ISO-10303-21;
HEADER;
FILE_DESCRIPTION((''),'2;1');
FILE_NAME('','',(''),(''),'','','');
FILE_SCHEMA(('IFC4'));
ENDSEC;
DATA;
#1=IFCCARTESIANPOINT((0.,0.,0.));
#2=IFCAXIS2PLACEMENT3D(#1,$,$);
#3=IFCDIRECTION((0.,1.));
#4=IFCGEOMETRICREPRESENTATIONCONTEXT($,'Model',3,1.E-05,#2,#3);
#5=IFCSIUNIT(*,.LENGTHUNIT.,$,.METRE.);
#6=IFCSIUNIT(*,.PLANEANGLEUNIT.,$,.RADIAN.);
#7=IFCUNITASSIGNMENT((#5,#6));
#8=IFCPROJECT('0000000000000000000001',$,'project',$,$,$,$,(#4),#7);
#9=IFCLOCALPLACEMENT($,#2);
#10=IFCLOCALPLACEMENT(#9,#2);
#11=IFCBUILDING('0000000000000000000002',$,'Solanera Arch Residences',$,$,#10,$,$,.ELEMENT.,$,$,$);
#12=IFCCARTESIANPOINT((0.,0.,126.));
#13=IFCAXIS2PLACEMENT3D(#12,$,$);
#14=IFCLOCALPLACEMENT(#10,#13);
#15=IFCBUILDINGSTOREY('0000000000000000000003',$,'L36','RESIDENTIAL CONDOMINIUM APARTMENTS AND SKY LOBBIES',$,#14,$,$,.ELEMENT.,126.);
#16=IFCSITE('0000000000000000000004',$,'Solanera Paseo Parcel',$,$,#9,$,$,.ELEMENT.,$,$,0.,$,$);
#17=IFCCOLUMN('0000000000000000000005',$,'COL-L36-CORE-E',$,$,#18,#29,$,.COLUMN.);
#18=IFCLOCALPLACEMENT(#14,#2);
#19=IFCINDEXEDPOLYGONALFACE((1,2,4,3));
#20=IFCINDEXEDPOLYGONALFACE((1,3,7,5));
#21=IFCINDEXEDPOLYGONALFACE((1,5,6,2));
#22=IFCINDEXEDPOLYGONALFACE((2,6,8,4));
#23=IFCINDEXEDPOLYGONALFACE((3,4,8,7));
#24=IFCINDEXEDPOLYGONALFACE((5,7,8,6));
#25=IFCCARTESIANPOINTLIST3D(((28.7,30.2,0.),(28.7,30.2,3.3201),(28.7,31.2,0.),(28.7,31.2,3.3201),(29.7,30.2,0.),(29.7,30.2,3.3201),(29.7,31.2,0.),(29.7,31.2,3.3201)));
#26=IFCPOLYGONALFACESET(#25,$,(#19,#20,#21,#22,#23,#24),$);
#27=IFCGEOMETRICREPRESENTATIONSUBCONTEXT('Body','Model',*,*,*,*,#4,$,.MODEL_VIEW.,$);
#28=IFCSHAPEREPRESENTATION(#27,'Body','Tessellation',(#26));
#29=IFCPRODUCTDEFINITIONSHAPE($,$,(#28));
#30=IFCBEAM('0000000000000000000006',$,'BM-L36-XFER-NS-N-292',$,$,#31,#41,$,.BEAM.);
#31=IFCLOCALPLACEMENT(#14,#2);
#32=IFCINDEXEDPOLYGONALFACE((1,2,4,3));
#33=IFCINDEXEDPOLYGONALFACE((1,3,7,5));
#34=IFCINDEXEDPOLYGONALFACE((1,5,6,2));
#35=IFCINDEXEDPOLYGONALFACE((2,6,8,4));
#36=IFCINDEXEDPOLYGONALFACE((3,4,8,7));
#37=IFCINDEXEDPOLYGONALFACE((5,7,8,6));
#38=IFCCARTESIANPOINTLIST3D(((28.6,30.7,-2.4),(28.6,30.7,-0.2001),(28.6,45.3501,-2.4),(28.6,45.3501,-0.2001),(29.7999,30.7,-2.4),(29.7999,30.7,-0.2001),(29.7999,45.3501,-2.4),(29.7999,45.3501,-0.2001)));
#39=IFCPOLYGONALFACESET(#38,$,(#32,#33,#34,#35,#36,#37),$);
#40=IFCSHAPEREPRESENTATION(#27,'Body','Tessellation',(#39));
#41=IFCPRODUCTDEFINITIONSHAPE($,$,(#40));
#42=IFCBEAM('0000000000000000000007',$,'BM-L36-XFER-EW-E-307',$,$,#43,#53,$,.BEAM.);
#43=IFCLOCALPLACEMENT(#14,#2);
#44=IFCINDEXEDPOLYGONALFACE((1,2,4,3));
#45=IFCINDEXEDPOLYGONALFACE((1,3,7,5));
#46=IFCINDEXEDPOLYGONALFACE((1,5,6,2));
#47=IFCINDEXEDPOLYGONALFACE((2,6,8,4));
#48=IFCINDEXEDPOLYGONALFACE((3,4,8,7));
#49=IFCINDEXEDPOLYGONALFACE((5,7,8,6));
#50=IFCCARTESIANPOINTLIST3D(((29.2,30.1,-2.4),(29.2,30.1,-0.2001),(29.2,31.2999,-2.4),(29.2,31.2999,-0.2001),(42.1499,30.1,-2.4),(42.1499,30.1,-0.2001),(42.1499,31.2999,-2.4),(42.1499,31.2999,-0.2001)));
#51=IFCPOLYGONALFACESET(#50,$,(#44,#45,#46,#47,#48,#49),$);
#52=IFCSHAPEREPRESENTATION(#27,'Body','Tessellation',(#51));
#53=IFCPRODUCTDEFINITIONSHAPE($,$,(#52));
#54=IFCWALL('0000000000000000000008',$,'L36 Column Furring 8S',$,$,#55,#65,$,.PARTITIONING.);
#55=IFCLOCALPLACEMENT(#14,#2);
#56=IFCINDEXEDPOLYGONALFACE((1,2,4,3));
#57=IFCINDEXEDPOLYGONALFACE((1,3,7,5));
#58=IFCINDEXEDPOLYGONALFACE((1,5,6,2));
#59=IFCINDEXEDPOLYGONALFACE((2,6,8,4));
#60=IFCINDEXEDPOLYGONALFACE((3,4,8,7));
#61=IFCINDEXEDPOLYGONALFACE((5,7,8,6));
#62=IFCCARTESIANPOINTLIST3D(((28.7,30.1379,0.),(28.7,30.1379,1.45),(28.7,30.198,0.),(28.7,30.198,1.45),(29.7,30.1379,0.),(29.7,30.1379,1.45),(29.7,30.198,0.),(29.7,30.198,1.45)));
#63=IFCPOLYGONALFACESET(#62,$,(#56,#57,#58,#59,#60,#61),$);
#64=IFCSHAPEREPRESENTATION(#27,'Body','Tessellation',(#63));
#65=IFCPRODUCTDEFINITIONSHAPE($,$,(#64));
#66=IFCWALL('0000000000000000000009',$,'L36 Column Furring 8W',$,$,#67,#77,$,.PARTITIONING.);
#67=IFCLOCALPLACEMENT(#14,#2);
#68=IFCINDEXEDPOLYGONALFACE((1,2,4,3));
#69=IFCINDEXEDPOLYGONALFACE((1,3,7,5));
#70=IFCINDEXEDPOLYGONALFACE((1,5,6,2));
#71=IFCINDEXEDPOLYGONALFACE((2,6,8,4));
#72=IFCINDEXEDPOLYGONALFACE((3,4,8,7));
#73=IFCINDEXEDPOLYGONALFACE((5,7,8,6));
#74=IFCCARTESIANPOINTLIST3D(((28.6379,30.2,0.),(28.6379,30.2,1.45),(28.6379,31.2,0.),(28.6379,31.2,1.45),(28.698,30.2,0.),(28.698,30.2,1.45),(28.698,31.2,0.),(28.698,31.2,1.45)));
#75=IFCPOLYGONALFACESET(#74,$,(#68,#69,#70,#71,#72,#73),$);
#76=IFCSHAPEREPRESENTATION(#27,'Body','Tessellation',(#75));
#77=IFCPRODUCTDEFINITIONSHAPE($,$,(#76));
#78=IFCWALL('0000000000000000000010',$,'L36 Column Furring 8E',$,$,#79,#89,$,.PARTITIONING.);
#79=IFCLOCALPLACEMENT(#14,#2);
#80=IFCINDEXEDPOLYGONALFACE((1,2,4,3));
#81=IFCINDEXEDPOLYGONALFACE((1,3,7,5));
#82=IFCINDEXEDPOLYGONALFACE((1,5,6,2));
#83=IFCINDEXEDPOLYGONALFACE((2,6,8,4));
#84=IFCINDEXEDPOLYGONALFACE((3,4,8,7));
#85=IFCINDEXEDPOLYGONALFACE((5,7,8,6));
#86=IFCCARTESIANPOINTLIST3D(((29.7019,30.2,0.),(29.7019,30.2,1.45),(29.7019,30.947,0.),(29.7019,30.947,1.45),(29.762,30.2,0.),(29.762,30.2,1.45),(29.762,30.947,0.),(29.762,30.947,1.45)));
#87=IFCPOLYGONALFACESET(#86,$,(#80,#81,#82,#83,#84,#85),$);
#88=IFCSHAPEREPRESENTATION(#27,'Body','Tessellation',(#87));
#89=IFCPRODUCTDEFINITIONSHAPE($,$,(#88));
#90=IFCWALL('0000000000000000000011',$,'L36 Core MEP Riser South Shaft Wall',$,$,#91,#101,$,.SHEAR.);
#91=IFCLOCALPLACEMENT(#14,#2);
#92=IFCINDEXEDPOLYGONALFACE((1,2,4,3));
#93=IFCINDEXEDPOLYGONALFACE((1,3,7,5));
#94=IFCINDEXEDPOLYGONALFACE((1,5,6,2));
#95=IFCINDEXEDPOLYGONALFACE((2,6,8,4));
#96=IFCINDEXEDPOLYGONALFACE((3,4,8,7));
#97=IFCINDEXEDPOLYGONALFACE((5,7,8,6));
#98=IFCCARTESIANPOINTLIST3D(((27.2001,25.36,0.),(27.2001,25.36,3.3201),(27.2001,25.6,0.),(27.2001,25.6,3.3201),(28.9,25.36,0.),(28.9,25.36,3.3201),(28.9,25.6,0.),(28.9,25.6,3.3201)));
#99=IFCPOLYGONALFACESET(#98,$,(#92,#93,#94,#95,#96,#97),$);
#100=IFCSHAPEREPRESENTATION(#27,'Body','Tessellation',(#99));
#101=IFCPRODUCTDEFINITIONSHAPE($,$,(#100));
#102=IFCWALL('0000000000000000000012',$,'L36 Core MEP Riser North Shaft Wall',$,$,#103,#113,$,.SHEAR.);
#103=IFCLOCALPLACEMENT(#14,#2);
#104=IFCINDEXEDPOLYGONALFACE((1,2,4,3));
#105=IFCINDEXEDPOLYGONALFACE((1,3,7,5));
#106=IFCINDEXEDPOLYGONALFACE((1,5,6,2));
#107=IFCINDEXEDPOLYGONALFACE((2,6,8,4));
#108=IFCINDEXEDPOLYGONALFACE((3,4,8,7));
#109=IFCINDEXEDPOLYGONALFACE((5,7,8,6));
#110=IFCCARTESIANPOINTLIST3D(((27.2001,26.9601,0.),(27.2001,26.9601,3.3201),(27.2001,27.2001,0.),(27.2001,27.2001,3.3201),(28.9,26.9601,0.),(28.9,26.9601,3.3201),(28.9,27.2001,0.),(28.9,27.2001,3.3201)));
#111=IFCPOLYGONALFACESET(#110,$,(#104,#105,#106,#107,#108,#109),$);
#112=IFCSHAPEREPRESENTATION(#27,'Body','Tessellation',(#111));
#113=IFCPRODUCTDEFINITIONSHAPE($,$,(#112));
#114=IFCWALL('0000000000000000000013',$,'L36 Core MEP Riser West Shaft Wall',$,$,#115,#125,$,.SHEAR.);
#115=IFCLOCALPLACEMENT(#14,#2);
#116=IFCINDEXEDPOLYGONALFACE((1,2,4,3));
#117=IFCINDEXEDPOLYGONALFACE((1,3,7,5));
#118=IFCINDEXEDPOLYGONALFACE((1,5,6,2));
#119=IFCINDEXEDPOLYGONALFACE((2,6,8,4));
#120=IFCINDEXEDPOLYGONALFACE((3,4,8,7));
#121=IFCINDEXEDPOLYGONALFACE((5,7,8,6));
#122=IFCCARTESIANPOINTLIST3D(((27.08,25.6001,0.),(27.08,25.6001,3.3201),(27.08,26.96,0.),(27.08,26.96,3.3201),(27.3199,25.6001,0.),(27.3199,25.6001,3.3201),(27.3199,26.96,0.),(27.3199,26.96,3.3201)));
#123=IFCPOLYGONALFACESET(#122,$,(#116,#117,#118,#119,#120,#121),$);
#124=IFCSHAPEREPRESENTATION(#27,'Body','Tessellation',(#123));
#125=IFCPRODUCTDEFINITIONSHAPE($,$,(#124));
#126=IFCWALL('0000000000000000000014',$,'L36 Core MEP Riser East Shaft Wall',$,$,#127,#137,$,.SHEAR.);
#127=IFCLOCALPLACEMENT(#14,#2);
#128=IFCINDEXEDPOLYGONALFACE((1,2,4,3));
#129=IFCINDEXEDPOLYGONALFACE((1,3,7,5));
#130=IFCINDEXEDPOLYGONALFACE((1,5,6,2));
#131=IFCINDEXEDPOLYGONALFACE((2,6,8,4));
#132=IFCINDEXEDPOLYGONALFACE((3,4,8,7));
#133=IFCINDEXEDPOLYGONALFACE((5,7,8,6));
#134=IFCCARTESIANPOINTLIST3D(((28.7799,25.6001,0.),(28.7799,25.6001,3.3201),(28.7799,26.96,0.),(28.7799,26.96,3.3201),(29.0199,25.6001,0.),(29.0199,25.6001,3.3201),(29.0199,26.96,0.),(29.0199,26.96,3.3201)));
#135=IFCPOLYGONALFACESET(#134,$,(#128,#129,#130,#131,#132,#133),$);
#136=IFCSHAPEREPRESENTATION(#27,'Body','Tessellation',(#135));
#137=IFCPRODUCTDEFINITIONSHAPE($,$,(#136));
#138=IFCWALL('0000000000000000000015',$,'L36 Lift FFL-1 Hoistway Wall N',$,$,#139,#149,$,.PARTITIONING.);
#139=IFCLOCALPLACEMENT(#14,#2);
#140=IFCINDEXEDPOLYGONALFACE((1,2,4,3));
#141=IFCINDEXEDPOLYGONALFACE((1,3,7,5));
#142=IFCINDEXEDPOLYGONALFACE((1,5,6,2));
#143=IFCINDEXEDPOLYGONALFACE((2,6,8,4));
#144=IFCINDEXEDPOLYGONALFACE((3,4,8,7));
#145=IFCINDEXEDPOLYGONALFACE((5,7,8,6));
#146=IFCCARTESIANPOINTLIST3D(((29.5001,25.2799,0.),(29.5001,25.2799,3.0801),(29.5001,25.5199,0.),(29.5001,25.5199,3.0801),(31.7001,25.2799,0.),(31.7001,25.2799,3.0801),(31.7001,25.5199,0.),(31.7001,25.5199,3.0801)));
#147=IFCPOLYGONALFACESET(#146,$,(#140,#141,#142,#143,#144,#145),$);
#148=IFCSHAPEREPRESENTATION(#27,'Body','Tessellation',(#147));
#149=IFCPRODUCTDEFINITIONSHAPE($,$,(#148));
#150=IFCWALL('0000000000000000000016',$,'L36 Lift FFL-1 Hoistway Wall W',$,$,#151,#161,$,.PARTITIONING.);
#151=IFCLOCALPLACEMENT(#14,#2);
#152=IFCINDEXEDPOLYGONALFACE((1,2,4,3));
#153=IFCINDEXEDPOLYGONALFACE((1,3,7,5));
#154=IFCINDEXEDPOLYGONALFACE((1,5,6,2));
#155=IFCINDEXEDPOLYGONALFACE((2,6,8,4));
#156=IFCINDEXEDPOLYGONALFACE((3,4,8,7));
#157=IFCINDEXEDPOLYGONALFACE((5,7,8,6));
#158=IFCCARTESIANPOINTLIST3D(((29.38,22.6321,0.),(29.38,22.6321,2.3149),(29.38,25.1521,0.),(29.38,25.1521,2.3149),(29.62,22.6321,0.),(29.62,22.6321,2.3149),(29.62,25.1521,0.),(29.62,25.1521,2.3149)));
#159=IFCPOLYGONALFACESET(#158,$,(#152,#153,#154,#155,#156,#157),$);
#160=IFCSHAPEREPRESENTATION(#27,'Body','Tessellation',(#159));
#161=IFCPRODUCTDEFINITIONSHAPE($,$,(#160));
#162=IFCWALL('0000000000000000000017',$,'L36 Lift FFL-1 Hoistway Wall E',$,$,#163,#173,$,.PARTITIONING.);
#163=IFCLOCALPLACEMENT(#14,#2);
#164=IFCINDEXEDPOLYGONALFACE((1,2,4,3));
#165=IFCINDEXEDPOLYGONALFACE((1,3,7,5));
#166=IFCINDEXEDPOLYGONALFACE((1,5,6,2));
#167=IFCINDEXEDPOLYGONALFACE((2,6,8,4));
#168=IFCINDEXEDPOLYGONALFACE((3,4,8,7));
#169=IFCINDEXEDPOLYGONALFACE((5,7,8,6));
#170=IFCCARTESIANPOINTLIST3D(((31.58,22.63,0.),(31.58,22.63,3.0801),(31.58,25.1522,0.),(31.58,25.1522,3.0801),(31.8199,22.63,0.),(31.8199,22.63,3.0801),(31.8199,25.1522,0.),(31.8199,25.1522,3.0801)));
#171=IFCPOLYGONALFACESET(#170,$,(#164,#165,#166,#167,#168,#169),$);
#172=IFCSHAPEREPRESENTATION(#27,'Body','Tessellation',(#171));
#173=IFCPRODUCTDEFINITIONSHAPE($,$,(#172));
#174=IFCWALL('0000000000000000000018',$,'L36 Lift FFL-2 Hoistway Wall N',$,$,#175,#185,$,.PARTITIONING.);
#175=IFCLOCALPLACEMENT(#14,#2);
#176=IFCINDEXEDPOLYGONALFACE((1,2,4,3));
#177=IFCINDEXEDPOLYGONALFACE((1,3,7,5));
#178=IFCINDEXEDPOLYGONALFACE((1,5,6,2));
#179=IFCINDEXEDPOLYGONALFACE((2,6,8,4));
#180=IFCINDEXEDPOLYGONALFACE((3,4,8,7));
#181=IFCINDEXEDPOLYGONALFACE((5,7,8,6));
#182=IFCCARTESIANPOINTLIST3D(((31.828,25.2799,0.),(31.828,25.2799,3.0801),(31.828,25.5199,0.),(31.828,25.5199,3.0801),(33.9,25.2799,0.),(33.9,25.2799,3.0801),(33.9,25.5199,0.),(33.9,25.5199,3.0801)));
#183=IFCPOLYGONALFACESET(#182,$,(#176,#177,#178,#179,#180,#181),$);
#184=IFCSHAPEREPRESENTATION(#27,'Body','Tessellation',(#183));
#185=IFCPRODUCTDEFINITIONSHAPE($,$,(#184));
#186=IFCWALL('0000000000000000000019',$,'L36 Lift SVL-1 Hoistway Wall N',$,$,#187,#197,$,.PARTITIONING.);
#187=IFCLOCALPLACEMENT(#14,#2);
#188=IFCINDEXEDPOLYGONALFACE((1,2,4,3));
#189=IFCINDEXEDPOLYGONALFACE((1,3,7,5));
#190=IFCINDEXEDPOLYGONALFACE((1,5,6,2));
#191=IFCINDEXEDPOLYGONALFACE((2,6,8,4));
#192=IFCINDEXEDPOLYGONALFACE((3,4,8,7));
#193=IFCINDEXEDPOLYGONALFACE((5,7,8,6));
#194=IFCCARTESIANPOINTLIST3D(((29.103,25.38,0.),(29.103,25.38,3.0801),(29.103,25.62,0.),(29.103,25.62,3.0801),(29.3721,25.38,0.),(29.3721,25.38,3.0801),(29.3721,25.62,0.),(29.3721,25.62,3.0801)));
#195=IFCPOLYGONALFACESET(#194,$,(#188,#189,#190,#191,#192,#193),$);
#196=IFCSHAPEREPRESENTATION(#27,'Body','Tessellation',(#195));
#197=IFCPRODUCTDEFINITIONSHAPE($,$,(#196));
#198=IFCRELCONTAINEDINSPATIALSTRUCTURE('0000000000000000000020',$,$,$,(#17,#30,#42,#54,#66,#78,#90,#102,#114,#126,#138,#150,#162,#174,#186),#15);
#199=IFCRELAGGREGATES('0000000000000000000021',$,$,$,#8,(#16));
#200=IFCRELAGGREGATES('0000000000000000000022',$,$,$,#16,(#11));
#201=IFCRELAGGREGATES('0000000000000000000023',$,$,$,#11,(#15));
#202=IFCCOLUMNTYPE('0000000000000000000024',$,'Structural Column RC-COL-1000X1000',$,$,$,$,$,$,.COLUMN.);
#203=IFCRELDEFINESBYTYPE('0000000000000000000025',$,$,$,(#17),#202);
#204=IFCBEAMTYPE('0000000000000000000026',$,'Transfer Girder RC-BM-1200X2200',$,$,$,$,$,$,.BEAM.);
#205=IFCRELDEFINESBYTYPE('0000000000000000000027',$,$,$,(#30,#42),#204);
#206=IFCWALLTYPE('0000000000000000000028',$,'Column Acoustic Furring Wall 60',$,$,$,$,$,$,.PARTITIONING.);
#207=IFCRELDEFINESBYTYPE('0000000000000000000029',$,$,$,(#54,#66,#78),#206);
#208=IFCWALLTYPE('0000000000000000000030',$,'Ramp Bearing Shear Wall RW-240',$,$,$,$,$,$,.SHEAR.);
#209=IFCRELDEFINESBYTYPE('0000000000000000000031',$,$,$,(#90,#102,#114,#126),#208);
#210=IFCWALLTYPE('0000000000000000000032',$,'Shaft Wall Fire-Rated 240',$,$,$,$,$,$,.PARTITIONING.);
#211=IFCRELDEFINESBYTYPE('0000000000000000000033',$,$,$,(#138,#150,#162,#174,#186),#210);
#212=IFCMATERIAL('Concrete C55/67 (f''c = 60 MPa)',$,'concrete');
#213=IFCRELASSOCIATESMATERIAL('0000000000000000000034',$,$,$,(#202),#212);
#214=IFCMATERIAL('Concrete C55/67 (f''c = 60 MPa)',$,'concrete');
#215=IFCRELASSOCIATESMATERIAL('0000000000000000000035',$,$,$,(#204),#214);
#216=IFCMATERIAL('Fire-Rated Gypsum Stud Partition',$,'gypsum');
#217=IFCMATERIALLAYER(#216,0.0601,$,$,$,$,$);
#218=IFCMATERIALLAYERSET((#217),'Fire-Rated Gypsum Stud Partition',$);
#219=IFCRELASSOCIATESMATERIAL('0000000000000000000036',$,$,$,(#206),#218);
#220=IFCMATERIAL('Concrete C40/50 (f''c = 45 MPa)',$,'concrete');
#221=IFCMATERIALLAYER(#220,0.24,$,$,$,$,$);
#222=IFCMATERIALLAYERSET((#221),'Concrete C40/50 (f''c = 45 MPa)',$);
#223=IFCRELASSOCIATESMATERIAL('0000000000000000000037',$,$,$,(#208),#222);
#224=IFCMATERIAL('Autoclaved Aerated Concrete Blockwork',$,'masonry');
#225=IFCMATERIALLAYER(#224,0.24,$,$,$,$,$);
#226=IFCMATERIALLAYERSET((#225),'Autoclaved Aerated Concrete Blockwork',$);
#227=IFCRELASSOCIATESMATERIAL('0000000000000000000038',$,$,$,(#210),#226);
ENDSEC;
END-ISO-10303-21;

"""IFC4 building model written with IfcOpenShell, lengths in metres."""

from ifc_helpers import new_model, si_unit, direction, frame, frame_2d, origin, origin_2d, place, context, subcontext, project, spatial, rectangle, extrude, material, layer, layer_set, material_profile, profile_set, type_object, element, save


model = new_model("IFC4")

# Units and contexts
model_context = context("Model", 3, precision=1e-05, world=origin(), true_north=direction((0.0, 1.0)))
body_context = subcontext(model_context, "Body", "Model", "MODEL_VIEW")
ifc_project = project(units=[si_unit("LENGTHUNIT", "METRE"), si_unit("PLANEANGLEUNIT", "RADIAN")], contexts=[model_context])

# Site, building, storey
site_placement = place(None, origin())
site = spatial("IfcSite", under=ifc_project, at=site_placement, Name="Solanera Paseo Parcel", CompositionType="ELEMENT", RefElevation=0.0)
building_placement = place(site_placement, origin())
building = spatial("IfcBuilding", under=site, at=building_placement, Name="Solanera Arch Residences", CompositionType="ELEMENT")
storey_placement = place(building_placement, frame((0.0, 0.0, 126.0)))
storey = spatial("IfcBuildingStorey", under=building, at=storey_placement, Name="L36", Description="RESIDENTIAL CONDOMINIUM APARTMENTS AND SKY LOBBIES", CompositionType="ELEMENT", Elevation=126.0)

# Column
ifc_material_1 = material(Name="Concrete C55/67 (f'c = 60 MPa)", Category="concrete")
ifc_material_profile_1 = material_profile(ifc_material_1, rectangle(XDim=1.0, YDim=1.0, at=origin_2d()))
ifc_profile_set_1 = profile_set([ifc_material_profile_1], Name="Concrete C55/67 (f'c = 60 MPa)")
column_type = type_object("IfcColumnType", Name="Structural Column RC-COL-1000X1000", PredefinedType="COLUMN", material=ifc_profile_set_1)
column_placement = place(storey_placement, frame((29.2, 30.7, 0.0), z_axis=(0.0, 0.0, 1.0), x_axis=(1.0, 0.0, 0.0)))
element("IfcColumn", 1, at=column_placement, inside=storey, type_object=column_type, Name="COL-L36-CORE-E", PredefinedType="COLUMN", context=body_context, shape_type="SweptSolid", body=[
    extrude(rectangle(XDim=1.0, YDim=1.0, at=origin_2d()), origin(), (0.0, 0.0, 1.0), 3.3201),
])

# Beams
ifc_material_2 = material(Name="Concrete C55/67 (f'c = 60 MPa)", Category="concrete")
ifc_material_profile_2 = material_profile(ifc_material_2, rectangle(XDim=1.2, YDim=2.2, at=origin_2d()))
ifc_profile_set_2 = profile_set([ifc_material_profile_2], Name="Concrete C55/67 (f'c = 60 MPa)")
beam_type = type_object("IfcBeamType", Name="Transfer Girder RC-BM-1200X2200", PredefinedType="BEAM", material=ifc_profile_set_2)
beam_1_placement = place(storey_placement, frame((29.2, 30.7, -1.3), z_axis=(0.0, 1.0, 0.0), x_axis=(-1.0, 0.0, 0.0)))
element("IfcBeam", 2, at=beam_1_placement, inside=storey, type_object=beam_type, Name="BM-L36-XFER-NS-N-292", PredefinedType="BEAM", context=body_context, shape_type="SweptSolid", body=[
    extrude(rectangle(XDim=1.2, YDim=2.2, at=origin_2d()), origin(), (0.0, 0.0, 1.0), 14.6501),
])
beam_2_placement = place(storey_placement, frame((29.2, 30.7, -1.3), z_axis=(1.0, 0.0, 0.0), x_axis=(0.0, 1.0, 0.0)))
element("IfcBeam", 3, at=beam_2_placement, inside=storey, type_object=beam_type, Name="BM-L36-XFER-EW-E-307", PredefinedType="BEAM", context=body_context, shape_type="SweptSolid", body=[
    extrude(rectangle(XDim=1.2, YDim=2.2, at=origin_2d()), origin(), (0.0, 0.0, 1.0), 12.95),
])

# Walls
ifc_material_3 = material(Name="Fire-Rated Gypsum Stud Partition", Category="gypsum")
ifc_layer_1 = layer(ifc_material_3, 0.0601)
ifc_layer_set_1 = layer_set([ifc_layer_1], Name="Fire-Rated Gypsum Stud Partition")
wall_type_1 = type_object("IfcWallType", Name="Column Acoustic Furring Wall 60", PredefinedType="PARTITIONING", material=ifc_layer_set_1)
for number, where, z_axis, x_axis, name in (
    (4, (28.7, 30.168, 0.0), (0.0, 0.0, 1.0), (1.0, 0.0, 0.0), "L36 Column Furring 8S"),
    (5, (28.668, 30.2, 0.0), (0.0, 0.0, 1.0), (0.0, 1.0, 0.0), "L36 Column Furring 8W"),
):
    element("IfcWall", number, at=place(storey_placement, frame(where, z_axis=z_axis, x_axis=x_axis)), inside=storey, type_object=wall_type_1, Name=name, PredefinedType="PARTITIONING", context=body_context, shape_type="SweptSolid", body=[
        extrude(rectangle(XDim=1.0, YDim=0.0601, at=frame_2d((0.5, 0.0))), origin(), (0.0, 0.0, 1.0), 1.45),
    ])
wall_1_placement = place(storey_placement, frame((29.7319, 30.2, 0.0), z_axis=(0.0, 0.0, 1.0), x_axis=(0.0, 1.0, 0.0)))
element("IfcWall", 6, at=wall_1_placement, inside=storey, type_object=wall_type_1, Name="L36 Column Furring 8E", PredefinedType="PARTITIONING", context=body_context, shape_type="SweptSolid", body=[
    extrude(rectangle(XDim=0.7471, YDim=0.0601, at=frame_2d((0.3735, 0.0))), origin(), (0.0, 0.0, 1.0), 1.45),
])
ifc_material_4 = material(Name="Concrete C40/50 (f'c = 45 MPa)", Category="concrete")
ifc_layer_2 = layer(ifc_material_4, 0.24)
ifc_layer_set_2 = layer_set([ifc_layer_2], Name="Concrete C40/50 (f'c = 45 MPa)")
wall_type_2 = type_object("IfcWallType", Name="Ramp Bearing Shear Wall RW-240", PredefinedType="SHEAR", material=ifc_layer_set_2)
for number, where, z_axis, x_axis, name in (
    (7, (27.2, 25.48, 0.0), (0.0, 0.0, 1.0), (1.0, 0.0, 0.0), "L36 Core MEP Riser South Shaft Wall"),
    (8, (27.2, 27.0801, 0.0), (0.0, 0.0, 1.0), (1.0, 0.0, 0.0), "L36 Core MEP Riser North Shaft Wall"),
):
    element("IfcWall", number, at=place(storey_placement, frame(where, z_axis=z_axis, x_axis=x_axis)), inside=storey, type_object=wall_type_2, Name=name, PredefinedType="SHEAR", context=body_context, shape_type="SweptSolid", body=[
        extrude(rectangle(XDim=1.7, YDim=0.24, at=frame_2d((0.8501, 0.0))), origin(), (0.0, 0.0, 1.0), 3.3201),
    ])
for number, where, z_axis, x_axis, name in (
    (9, (27.2, 25.6001, 0.0), (0.0, 0.0, 1.0), (0.0, 1.0, 0.0), "L36 Core MEP Riser West Shaft Wall"),
    (10, (28.8999, 25.6001, 0.0), (0.0, 0.0, 1.0), (0.0, 1.0, 0.0), "L36 Core MEP Riser East Shaft Wall"),
):
    element("IfcWall", number, at=place(storey_placement, frame(where, z_axis=z_axis, x_axis=x_axis)), inside=storey, type_object=wall_type_2, Name=name, PredefinedType="SHEAR", context=body_context, shape_type="SweptSolid", body=[
        extrude(rectangle(XDim=1.3599, YDim=0.24, at=frame_2d((0.6799, 0.0))), origin(), (0.0, 0.0, 1.0), 3.3201),
    ])
ifc_material_5 = material(Name="Autoclaved Aerated Concrete Blockwork", Category="masonry")
ifc_layer_3 = layer(ifc_material_5, 0.24)
ifc_layer_set_3 = layer_set([ifc_layer_3], Name="Autoclaved Aerated Concrete Blockwork")
wall_type_3 = type_object("IfcWallType", Name="Shaft Wall Fire-Rated 240", PredefinedType="PARTITIONING", material=ifc_layer_set_3)
wall_2_placement = place(storey_placement, frame((29.5, 25.3999, 0.0), z_axis=(0.0, 0.0, 1.0), x_axis=(1.0, 0.0, 0.0)))
element("IfcWall", 11, at=wall_2_placement, inside=storey, type_object=wall_type_3, Name="L36 Lift FFL-1 Hoistway Wall N", PredefinedType="PARTITIONING", context=body_context, shape_type="SweptSolid", body=[
    extrude(rectangle(XDim=2.2, YDim=0.24, at=frame_2d((1.1001, 0.0))), origin(), (0.0, 0.0, 1.0), 3.0801),
])
wall_3_placement = place(storey_placement, frame((29.5, 22.6321, 0.0), z_axis=(0.0, 0.0, 1.0), x_axis=(0.0, 1.0, 0.0)))
element("IfcWall", 12, at=wall_3_placement, inside=storey, type_object=wall_type_3, Name="L36 Lift FFL-1 Hoistway Wall W", PredefinedType="PARTITIONING", context=body_context, shape_type="SweptSolid", body=[
    extrude(rectangle(XDim=2.52, YDim=0.24, at=frame_2d((1.26, 0.0))), origin(), (0.0, 0.0, 1.0), 2.3149),
])
wall_4_placement = place(storey_placement, frame((31.7, 22.6299, 0.0), z_axis=(0.0, 0.0, 1.0), x_axis=(0.0, 1.0, 0.0)))
element("IfcWall", 13, at=wall_4_placement, inside=storey, type_object=wall_type_3, Name="L36 Lift FFL-1 Hoistway Wall E", PredefinedType="PARTITIONING", context=body_context, shape_type="SweptSolid", body=[
    extrude(rectangle(XDim=2.5222, YDim=0.24, at=frame_2d((1.2612, 0.0))), origin(), (0.0, 0.0, 1.0), 3.0801),
])
wall_5_placement = place(storey_placement, frame((31.8279, 25.3999, 0.0), z_axis=(0.0, 0.0, 1.0), x_axis=(1.0, 0.0, 0.0)))
element("IfcWall", 14, at=wall_5_placement, inside=storey, type_object=wall_type_3, Name="L36 Lift FFL-2 Hoistway Wall N", PredefinedType="PARTITIONING", context=body_context, shape_type="SweptSolid", body=[
    extrude(rectangle(XDim=2.072, YDim=0.24, at=frame_2d((1.0361, 0.0))), origin(), (0.0, 0.0, 1.0), 3.0801),
])
wall_6_placement = place(storey_placement, frame((29.103, 25.5, 0.0), z_axis=(0.0, 0.0, 1.0), x_axis=(1.0, 0.0, 0.0)))
element("IfcWall", 15, at=wall_6_placement, inside=storey, type_object=wall_type_3, Name="L36 Lift SVL-1 Hoistway Wall N", PredefinedType="PARTITIONING", context=body_context, shape_type="SweptSolid", body=[
    extrude(rectangle(XDim=0.269, YDim=0.24, at=frame_2d((0.1345, 0.0))), origin(), (0.0, 0.0, 1.0), 3.0801),
])

save(model, "model.ifc")
